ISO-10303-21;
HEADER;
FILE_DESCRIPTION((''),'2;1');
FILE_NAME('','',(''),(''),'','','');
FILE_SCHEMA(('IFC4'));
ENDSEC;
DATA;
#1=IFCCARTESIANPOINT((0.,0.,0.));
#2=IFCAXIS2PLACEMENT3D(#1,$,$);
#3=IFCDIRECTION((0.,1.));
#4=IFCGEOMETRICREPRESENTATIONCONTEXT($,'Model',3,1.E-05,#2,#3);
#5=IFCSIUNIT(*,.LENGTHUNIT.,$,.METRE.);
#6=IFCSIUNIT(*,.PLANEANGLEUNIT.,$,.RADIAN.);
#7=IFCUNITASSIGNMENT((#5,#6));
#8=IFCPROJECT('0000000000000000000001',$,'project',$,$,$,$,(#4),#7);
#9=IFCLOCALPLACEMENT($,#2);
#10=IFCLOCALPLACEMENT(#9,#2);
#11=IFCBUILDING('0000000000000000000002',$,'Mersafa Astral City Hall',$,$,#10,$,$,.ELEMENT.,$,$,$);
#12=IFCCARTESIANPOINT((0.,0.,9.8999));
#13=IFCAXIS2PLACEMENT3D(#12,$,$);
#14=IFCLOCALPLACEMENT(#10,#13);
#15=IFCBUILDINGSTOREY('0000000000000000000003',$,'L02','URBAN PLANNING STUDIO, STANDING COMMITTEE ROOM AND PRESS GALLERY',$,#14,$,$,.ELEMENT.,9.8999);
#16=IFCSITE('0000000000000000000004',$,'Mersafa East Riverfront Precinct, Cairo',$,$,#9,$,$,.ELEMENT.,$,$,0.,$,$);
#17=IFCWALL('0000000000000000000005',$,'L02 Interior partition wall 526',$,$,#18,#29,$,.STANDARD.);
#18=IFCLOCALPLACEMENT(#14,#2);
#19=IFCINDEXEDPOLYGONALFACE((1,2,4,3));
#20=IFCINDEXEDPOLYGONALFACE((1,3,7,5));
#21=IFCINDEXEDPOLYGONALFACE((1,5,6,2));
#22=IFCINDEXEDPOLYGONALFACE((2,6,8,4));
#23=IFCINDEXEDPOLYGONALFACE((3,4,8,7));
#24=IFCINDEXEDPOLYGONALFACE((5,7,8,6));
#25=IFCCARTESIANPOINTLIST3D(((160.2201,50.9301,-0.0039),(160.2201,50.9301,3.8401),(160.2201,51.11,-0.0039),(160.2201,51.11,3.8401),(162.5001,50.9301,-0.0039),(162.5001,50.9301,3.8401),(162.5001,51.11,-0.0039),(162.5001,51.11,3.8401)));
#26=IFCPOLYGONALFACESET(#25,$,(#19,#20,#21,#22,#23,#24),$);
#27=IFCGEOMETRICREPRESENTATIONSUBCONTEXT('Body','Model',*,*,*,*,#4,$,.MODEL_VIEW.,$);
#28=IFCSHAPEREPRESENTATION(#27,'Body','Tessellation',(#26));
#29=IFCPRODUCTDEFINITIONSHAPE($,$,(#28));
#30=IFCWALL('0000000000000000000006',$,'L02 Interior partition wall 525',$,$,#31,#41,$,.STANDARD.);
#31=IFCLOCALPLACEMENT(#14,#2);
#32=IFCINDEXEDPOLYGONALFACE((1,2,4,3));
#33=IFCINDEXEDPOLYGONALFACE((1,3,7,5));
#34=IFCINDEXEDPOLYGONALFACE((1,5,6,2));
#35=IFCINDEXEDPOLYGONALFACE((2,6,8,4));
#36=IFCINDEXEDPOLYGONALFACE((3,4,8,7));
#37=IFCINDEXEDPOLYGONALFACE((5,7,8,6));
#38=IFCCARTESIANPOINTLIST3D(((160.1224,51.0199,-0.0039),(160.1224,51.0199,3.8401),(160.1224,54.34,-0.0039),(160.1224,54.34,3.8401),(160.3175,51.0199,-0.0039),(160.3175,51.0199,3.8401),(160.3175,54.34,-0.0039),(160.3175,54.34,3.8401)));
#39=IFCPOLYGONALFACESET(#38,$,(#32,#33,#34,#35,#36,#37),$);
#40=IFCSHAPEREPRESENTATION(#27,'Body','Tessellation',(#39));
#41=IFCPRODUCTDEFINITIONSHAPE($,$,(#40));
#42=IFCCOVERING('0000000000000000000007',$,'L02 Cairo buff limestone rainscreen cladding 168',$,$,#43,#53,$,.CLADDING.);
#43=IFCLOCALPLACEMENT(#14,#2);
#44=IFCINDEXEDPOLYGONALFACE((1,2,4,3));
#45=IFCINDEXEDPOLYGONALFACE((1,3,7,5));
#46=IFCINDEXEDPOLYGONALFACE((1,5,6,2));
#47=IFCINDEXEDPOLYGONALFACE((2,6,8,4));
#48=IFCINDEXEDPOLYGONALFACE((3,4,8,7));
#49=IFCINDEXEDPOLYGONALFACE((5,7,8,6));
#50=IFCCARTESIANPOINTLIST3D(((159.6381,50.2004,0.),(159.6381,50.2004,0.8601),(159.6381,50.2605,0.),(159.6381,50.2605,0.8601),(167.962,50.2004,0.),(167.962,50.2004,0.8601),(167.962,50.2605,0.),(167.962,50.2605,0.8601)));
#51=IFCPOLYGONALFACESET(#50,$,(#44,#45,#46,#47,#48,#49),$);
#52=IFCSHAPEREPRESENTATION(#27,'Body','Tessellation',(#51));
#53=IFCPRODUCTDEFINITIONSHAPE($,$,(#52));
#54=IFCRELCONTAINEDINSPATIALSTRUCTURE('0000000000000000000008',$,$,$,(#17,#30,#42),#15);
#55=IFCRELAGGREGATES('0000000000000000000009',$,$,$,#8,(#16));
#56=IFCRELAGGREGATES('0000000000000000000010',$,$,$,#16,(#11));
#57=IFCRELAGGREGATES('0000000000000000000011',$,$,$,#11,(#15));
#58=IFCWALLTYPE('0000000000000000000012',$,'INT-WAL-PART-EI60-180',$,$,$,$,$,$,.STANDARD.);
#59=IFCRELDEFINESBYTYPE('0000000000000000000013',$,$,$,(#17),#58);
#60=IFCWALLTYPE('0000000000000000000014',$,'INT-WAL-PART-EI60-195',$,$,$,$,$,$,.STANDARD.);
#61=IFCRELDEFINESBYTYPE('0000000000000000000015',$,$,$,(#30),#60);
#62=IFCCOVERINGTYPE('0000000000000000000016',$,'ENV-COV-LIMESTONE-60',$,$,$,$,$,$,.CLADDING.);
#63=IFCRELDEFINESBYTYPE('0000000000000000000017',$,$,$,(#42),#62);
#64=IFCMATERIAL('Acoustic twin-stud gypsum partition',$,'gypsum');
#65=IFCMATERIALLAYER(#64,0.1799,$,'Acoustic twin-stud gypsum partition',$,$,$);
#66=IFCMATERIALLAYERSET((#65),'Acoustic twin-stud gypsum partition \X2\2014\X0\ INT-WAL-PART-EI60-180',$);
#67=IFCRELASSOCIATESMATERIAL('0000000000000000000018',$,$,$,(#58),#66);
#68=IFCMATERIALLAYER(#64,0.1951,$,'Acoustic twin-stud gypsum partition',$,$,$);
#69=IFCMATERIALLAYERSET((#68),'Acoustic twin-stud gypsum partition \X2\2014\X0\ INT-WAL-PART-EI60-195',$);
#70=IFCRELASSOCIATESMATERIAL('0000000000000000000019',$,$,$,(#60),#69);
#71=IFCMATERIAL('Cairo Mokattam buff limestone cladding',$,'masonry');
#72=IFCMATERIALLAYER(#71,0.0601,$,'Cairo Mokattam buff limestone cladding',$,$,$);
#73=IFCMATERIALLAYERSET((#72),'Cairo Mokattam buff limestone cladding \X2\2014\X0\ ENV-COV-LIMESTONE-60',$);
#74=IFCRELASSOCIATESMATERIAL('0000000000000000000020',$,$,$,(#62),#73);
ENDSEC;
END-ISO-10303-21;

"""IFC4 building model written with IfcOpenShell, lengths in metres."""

from ifc_helpers import new_model, si_unit, direction, frame, frame_2d, origin, origin_2d, place, context, subcontext, project, spatial, rectangle, extrude, material, layer, layer_set, type_object, element, save


model = new_model("IFC4")

# Units and contexts
model_context = context("Model", 3, precision=1e-05, world=origin(), true_north=direction((0.0, 1.0)))
body_context = subcontext(model_context, "Body", "Model", "MODEL_VIEW")
ifc_project = project(units=[si_unit("LENGTHUNIT", "METRE"), si_unit("PLANEANGLEUNIT", "RADIAN")], contexts=[model_context])

# Site, building, storey
site_placement = place(None, origin())
site = spatial("IfcSite", under=ifc_project, at=site_placement, Name="Mersafa East Riverfront Precinct, Cairo", CompositionType="ELEMENT", RefElevation=0.0)
building_placement = place(site_placement, origin())
building = spatial("IfcBuilding", under=site, at=building_placement, Name="Mersafa Astral City Hall", CompositionType="ELEMENT")
storey_placement = place(building_placement, frame((0.0, 0.0, 9.8999)))
storey = spatial("IfcBuildingStorey", under=building, at=storey_placement, Name="L02", Description="URBAN PLANNING STUDIO, STANDING COMMITTEE ROOM AND PRESS GALLERY", CompositionType="ELEMENT", Elevation=9.8999)

# Walls
ifc_material_1 = material(Name="Acoustic twin-stud gypsum partition", Category="gypsum")
ifc_layer_1 = layer(ifc_material_1, 0.1799, Name="Acoustic twin-stud gypsum partition")
ifc_layer_set_1 = layer_set([ifc_layer_1], Name="Acoustic twin-stud gypsum partition — INT-WAL-PART-EI60-180")
wall_type_1 = type_object("IfcWallType", Name="INT-WAL-PART-EI60-180", PredefinedType="STANDARD", material=ifc_layer_set_1)
wall_1_placement = place(storey_placement, frame((160.22, 51.02, -0.0039), z_axis=(0.0, 0.0, 1.0), x_axis=(1.0, 0.0, 0.0)))
element("IfcWall", 1, at=wall_1_placement, inside=storey, type_object=wall_type_1, Name="L02 Interior partition wall 526", PredefinedType="STANDARD", context=body_context, shape_type="SweptSolid", body=[
    extrude(rectangle(XDim=2.28, YDim=0.1799, at=frame_2d((1.1401, 0.0))), origin(), (0.0, 0.0, 1.0), 3.844),
])
ifc_layer_2 = layer(ifc_material_1, 0.1951, Name="Acoustic twin-stud gypsum partition")
ifc_layer_set_2 = layer_set([ifc_layer_2], Name="Acoustic twin-stud gypsum partition — INT-WAL-PART-EI60-195")
wall_type_2 = type_object("IfcWallType", Name="INT-WAL-PART-EI60-195", PredefinedType="STANDARD", material=ifc_layer_set_2)
wall_2_placement = place(storey_placement, frame((160.22, 54.3401, -0.0039), z_axis=(0.0, 0.0, 1.0), x_axis=(0.0, -1.0, 0.0)))
element("IfcWall", 2, at=wall_2_placement, inside=storey, type_object=wall_type_2, Name="L02 Interior partition wall 525", PredefinedType="STANDARD", context=body_context, shape_type="SweptSolid", body=[
    extrude(rectangle(XDim=3.3201, YDim=0.1951, at=frame_2d((1.6602, 0.0))), origin(), (0.0, 0.0, 1.0), 3.844),
])

# Covering
ifc_material_2 = material(Name="Cairo Mokattam buff limestone cladding", Category="masonry")
ifc_layer_3 = layer(ifc_material_2, 0.0601, Name="Cairo Mokattam buff limestone cladding")
ifc_layer_set_3 = layer_set([ifc_layer_3], Name="Cairo Mokattam buff limestone cladding — ENV-COV-LIMESTONE-60")
covering_type = type_object("IfcCoveringType", Name="ENV-COV-LIMESTONE-60", PredefinedType="CLADDING", material=ifc_layer_set_3)
covering_placement = place(storey_placement, frame((163.8, 50.2305, 0.0), z_axis=(0.0, 0.0, 1.0), x_axis=(1.0, 0.0, 0.0)))
element("IfcCovering", 3, at=covering_placement, inside=storey, type_object=covering_type, Name="L02 Cairo buff limestone rainscreen cladding 168", PredefinedType="CLADDING", context=body_context, shape_type="SweptSolid", body=[
    extrude(rectangle(XDim=8.324, YDim=0.0601, at=origin_2d()), origin(), (0.0, 0.0, 1.0), 0.8601),
])

save(model, "model.ifc")
